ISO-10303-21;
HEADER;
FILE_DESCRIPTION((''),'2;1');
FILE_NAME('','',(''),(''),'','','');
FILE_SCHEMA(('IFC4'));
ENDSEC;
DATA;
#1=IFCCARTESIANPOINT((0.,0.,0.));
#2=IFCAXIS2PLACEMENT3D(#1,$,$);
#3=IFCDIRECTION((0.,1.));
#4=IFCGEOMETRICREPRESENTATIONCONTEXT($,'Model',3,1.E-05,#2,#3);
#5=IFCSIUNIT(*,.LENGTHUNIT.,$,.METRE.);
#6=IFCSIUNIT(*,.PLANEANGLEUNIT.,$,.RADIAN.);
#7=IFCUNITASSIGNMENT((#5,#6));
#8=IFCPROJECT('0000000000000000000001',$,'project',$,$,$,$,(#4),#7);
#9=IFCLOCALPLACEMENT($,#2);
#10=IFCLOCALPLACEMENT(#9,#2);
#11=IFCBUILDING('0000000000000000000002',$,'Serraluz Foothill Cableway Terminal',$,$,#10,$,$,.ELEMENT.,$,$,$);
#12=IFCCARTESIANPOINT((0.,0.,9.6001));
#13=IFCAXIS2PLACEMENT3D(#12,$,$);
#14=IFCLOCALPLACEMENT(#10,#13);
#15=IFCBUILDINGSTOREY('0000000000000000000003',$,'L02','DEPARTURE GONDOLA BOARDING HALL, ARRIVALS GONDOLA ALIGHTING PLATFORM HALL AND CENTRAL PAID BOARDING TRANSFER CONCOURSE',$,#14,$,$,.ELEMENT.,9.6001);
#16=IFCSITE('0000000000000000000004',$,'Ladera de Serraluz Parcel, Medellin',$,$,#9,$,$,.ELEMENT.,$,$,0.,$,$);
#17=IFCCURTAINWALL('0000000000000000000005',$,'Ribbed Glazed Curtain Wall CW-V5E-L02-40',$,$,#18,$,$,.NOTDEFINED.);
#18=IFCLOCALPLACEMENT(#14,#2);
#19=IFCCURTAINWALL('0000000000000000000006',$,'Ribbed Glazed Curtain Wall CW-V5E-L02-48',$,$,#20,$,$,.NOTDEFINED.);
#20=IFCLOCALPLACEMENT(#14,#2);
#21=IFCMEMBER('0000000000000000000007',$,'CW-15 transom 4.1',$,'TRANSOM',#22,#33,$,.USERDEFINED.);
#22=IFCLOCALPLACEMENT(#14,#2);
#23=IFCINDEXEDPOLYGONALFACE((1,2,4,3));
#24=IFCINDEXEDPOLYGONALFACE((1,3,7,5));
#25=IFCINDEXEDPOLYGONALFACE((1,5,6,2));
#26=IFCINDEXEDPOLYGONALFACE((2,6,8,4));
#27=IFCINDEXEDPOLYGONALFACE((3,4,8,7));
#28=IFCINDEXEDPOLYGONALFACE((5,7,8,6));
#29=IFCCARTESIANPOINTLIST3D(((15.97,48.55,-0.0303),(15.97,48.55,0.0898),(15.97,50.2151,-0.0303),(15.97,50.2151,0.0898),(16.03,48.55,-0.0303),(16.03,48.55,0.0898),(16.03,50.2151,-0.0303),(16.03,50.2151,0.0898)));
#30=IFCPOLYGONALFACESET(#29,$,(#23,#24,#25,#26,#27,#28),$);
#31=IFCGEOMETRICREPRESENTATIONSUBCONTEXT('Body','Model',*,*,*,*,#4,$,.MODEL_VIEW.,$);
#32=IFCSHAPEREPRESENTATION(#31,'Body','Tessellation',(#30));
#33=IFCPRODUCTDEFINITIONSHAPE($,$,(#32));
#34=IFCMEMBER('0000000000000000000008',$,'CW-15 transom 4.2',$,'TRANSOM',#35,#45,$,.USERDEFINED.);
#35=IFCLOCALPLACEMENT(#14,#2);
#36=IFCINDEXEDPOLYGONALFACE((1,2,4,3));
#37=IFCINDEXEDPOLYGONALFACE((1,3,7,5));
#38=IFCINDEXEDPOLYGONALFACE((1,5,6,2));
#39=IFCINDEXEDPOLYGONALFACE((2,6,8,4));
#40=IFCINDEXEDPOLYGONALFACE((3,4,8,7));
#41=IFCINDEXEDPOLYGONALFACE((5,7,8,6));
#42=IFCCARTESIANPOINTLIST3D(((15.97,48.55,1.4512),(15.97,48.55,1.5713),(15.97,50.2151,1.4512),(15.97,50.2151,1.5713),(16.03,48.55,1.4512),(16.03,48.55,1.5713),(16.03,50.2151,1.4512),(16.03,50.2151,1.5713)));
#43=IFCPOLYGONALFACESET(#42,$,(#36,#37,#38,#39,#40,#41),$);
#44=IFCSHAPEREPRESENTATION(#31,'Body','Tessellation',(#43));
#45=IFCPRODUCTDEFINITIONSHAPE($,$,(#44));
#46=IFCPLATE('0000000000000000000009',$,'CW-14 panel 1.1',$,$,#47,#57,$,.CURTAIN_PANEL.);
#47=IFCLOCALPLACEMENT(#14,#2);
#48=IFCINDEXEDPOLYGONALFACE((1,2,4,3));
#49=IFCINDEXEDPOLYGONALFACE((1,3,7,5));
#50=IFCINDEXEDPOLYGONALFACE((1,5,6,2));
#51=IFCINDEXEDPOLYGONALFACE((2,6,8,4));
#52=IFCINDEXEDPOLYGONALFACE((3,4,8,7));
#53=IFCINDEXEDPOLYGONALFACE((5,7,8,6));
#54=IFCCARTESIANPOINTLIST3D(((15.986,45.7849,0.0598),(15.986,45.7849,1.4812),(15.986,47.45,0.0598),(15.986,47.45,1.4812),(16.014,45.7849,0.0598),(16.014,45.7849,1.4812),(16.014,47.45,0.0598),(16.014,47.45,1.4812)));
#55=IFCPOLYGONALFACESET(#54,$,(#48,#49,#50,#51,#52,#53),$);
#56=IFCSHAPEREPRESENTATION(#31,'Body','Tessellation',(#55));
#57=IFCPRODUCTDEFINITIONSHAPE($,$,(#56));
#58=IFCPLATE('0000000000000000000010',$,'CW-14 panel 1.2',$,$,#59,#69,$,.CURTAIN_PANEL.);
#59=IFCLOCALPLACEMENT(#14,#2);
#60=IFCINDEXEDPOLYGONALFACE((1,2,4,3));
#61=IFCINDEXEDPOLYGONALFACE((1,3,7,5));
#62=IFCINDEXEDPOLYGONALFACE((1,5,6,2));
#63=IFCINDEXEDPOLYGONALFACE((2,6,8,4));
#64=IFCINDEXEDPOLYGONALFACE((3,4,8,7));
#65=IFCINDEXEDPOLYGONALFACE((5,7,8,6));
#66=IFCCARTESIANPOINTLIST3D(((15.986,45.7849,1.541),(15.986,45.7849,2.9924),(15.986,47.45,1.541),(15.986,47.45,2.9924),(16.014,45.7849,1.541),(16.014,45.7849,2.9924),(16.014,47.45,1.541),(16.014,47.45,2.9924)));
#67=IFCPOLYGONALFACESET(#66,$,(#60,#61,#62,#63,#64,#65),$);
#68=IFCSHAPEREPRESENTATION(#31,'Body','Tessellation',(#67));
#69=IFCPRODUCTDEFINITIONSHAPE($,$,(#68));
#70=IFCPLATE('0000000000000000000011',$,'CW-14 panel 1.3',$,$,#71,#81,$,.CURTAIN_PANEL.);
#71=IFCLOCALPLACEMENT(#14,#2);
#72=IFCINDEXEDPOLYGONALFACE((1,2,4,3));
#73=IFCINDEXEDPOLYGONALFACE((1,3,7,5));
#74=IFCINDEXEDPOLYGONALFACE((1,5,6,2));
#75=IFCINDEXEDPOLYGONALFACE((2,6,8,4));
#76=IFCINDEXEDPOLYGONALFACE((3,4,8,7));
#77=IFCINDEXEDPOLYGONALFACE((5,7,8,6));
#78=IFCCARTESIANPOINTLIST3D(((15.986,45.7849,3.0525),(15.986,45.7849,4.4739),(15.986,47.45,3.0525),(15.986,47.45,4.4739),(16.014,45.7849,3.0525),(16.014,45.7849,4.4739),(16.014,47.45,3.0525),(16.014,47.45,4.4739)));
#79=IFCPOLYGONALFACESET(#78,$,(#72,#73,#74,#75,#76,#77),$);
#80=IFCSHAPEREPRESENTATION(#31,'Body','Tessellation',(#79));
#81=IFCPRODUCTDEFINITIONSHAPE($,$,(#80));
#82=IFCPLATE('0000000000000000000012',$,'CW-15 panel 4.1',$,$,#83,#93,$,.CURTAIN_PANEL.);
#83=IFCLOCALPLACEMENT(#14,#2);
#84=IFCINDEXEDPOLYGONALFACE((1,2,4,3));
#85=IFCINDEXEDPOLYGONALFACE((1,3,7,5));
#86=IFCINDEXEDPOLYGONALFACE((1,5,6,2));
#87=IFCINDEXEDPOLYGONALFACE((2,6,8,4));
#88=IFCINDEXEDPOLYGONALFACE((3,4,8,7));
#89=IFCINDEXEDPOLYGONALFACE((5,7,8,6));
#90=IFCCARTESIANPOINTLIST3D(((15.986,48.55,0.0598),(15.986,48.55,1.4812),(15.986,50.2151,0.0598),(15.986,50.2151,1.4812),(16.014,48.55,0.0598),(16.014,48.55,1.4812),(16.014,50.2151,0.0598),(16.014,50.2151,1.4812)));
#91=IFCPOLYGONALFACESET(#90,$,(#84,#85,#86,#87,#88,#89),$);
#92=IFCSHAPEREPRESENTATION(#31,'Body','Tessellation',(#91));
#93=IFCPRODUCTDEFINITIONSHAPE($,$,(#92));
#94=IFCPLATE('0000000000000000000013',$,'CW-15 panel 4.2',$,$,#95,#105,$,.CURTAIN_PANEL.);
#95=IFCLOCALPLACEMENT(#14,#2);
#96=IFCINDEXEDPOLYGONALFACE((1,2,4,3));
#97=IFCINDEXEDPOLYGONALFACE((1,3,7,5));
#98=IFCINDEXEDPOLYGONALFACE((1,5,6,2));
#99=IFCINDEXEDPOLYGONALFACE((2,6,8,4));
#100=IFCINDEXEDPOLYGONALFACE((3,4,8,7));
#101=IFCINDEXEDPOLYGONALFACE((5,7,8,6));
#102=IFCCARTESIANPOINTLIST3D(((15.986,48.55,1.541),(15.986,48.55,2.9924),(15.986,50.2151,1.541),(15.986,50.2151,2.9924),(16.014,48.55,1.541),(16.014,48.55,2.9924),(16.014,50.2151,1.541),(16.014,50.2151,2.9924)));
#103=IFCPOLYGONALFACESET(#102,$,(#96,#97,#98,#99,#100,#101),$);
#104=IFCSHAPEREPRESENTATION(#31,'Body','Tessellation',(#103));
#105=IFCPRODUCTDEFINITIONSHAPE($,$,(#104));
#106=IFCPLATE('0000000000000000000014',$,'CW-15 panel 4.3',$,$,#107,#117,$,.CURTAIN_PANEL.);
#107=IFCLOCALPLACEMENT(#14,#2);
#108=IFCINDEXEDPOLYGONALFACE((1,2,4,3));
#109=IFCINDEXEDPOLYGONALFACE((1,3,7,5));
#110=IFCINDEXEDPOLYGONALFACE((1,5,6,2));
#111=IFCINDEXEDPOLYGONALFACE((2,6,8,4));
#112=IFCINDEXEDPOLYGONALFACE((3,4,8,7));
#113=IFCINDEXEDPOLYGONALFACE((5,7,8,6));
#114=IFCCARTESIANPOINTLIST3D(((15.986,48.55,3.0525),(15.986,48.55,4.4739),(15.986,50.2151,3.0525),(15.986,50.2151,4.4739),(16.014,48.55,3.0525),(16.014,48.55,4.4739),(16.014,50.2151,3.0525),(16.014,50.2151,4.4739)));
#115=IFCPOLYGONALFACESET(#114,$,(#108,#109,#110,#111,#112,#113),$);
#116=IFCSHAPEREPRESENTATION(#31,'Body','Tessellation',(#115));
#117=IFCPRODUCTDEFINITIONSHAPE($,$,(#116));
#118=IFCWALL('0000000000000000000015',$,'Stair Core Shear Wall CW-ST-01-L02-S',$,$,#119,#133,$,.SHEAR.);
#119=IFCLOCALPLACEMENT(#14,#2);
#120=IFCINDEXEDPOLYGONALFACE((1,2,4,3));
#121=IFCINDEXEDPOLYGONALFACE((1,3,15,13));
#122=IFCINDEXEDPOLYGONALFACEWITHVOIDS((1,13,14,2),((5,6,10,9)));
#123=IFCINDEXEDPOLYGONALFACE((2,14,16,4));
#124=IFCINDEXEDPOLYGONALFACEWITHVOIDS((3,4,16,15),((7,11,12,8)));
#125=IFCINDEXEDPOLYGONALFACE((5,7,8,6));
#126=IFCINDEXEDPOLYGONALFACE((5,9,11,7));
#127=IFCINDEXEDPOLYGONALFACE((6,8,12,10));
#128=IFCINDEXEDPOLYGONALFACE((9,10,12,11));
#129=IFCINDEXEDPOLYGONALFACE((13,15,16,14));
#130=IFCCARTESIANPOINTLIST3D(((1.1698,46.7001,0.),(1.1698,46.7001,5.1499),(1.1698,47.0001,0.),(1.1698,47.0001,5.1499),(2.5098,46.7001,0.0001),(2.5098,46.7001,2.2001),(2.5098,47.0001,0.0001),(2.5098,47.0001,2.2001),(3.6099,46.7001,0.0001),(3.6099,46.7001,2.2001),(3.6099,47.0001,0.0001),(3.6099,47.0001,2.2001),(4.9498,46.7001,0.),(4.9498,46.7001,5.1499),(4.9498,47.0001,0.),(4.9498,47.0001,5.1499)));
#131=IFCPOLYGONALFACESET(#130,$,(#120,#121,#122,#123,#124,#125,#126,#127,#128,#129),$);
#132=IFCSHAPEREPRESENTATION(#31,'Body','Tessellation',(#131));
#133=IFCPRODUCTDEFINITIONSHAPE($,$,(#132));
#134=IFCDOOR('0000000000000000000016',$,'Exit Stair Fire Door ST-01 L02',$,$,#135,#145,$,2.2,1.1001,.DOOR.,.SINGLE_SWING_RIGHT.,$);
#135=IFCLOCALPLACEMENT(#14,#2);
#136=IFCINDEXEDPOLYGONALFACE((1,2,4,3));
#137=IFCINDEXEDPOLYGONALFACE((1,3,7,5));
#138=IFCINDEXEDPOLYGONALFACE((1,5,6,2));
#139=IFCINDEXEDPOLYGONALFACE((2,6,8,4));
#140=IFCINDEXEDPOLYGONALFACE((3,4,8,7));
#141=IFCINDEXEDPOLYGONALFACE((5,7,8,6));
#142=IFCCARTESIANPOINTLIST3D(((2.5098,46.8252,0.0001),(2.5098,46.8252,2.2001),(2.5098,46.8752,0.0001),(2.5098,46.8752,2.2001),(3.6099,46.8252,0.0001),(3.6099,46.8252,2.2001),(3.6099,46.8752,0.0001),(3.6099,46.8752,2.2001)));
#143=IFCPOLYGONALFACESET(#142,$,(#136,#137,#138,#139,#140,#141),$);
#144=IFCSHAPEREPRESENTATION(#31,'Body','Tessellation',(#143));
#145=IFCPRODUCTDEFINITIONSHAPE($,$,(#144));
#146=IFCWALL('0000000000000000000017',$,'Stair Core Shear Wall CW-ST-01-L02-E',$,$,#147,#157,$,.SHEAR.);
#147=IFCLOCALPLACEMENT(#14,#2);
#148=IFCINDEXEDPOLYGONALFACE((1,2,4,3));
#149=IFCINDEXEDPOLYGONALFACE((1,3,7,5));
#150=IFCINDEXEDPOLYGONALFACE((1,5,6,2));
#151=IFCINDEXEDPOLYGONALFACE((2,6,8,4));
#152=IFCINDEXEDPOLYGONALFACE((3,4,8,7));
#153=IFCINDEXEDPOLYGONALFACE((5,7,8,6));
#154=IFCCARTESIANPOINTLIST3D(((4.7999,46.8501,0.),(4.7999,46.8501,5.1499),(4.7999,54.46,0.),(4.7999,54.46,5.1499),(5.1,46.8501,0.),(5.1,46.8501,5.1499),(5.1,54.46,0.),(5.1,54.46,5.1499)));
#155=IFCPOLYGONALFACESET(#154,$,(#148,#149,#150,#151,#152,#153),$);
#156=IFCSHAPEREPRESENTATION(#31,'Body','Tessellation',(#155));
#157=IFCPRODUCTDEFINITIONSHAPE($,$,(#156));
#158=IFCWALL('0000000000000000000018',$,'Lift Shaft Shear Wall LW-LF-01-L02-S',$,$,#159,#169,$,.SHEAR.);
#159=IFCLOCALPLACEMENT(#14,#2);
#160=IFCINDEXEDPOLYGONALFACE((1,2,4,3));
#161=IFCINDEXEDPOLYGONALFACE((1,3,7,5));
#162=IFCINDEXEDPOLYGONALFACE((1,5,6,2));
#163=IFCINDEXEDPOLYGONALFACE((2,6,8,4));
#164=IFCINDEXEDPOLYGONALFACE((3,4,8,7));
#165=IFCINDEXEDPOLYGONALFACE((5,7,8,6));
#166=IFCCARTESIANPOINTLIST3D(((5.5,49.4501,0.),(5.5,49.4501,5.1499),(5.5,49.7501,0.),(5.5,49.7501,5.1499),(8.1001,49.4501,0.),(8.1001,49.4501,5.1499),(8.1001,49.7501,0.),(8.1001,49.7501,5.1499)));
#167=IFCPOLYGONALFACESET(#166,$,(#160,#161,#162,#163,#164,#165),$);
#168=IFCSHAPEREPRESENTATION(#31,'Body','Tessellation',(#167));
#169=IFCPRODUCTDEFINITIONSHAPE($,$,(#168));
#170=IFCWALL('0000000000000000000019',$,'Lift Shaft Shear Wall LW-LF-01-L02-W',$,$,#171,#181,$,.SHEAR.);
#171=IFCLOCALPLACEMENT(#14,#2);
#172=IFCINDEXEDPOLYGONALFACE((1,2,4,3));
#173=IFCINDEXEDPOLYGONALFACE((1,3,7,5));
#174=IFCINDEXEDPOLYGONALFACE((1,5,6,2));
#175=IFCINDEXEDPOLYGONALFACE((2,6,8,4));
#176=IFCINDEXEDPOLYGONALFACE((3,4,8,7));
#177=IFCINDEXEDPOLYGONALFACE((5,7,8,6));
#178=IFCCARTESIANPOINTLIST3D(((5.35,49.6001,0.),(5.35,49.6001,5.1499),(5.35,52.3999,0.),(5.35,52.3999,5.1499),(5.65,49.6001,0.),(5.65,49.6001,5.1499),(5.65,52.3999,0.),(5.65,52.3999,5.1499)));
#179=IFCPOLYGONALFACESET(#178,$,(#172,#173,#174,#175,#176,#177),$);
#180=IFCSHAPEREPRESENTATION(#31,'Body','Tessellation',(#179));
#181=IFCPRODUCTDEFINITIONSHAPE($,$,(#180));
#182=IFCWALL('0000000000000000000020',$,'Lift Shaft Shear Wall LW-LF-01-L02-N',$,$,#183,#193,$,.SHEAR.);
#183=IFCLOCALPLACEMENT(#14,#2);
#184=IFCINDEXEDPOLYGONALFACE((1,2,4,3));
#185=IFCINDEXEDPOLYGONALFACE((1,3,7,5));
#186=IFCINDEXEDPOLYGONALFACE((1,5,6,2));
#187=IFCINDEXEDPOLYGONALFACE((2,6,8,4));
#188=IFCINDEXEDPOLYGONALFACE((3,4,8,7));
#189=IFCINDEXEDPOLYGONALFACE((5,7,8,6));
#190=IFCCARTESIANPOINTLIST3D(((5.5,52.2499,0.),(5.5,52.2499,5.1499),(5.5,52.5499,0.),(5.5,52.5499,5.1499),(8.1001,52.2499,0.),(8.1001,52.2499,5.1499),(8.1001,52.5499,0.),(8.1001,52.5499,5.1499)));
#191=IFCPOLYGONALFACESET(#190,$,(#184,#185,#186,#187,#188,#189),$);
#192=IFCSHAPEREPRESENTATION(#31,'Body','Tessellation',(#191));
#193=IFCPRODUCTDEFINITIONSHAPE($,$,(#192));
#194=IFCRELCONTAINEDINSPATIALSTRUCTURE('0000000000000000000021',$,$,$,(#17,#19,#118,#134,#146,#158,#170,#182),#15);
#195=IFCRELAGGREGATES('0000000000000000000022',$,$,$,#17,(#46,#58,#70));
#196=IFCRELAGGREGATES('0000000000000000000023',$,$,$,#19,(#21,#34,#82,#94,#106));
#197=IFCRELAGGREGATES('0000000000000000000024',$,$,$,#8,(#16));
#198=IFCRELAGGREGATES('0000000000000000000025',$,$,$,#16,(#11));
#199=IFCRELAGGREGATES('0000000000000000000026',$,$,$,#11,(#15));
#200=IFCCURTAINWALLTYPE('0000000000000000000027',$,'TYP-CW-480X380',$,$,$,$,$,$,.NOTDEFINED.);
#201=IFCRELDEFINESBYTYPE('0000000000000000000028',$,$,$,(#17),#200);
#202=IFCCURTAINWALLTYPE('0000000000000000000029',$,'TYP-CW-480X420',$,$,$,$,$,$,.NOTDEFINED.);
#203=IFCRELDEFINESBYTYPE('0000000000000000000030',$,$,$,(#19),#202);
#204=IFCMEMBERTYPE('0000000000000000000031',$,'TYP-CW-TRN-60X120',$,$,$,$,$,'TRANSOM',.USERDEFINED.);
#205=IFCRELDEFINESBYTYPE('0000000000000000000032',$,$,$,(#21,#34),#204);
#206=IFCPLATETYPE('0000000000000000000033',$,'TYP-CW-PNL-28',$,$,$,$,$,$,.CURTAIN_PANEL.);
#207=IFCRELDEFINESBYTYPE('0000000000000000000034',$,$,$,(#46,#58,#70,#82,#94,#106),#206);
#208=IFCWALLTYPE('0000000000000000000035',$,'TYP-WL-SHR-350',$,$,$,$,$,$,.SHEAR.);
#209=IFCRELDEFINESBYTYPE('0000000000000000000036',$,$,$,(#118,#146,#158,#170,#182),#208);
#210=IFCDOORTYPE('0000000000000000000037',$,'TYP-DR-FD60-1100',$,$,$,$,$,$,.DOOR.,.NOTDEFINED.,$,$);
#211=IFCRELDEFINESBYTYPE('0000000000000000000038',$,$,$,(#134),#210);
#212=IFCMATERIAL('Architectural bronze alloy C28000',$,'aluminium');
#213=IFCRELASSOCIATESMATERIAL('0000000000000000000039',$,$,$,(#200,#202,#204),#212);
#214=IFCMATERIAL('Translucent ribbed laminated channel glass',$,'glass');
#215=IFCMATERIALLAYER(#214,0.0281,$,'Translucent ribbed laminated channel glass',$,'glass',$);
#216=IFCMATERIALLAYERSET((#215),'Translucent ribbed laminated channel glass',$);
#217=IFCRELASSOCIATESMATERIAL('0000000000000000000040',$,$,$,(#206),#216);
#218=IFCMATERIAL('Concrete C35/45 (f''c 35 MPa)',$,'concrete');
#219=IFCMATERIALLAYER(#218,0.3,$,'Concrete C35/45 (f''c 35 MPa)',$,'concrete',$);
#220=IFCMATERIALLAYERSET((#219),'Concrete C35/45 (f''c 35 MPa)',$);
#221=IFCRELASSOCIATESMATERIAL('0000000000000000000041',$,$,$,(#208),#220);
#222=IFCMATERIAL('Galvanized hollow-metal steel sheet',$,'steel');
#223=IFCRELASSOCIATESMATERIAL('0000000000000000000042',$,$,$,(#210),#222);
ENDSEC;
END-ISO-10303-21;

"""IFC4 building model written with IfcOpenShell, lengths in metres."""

from ifc_helpers import new_model, si_unit, direction, frame, frame_2d, origin, origin_2d, place, context, subcontext, project, spatial, rectangle, extrude, material, layer, layer_set, material_profile, profile_set, type_object, element, fill, aggregate, save


model = new_model("IFC4")

# Units and contexts
model_context = context("Model", 3, precision=1e-05, world=origin(), true_north=direction((0.0, 1.0)))
body_context = subcontext(model_context, "Body", "Model", "MODEL_VIEW")
ifc_project = project(units=[si_unit("LENGTHUNIT", "METRE"), si_unit("PLANEANGLEUNIT", "RADIAN")], contexts=[model_context])

# Site, building, storey
site_placement = place(None, origin())
site = spatial("IfcSite", under=ifc_project, at=site_placement, Name="Ladera de Serraluz Parcel, Medellin", CompositionType="ELEMENT", RefElevation=0.0)
building_placement = place(site_placement, origin())
building = spatial("IfcBuilding", under=site, at=building_placement, Name="Serraluz Foothill Cableway Terminal", CompositionType="ELEMENT")
storey_placement = place(building_placement, frame((0.0, 0.0, 9.6001)))
storey = spatial("IfcBuildingStorey", under=building, at=storey_placement, Name="L02", Description="DEPARTURE GONDOLA BOARDING HALL, ARRIVALS GONDOLA ALIGHTING PLATFORM HALL AND CENTRAL PAID BOARDING TRANSFER CONCOURSE", CompositionType="ELEMENT", Elevation=9.6001)

# Shared definitions
ifc_material_1 = material(Name="Concrete C35/45 (f'c 35 MPa)", Category="concrete")

# Curtain wall
ifc_material_2 = material(Name="Architectural bronze alloy C28000", Category="aluminium")
curtain_wall_type_1 = type_object("IfcCurtainWallType", Name="TYP-CW-480X380", PredefinedType="NOTDEFINED", material=ifc_material_2)
curtain_wall_1_placement = place(storey_placement, origin())
curtain_wall_1 = element("IfcCurtainWall", 1, at=curtain_wall_1_placement, inside=storey, type_object=curtain_wall_type_1, Name="Ribbed Glazed Curtain Wall CW-V5E-L02-40", PredefinedType="NOTDEFINED")

# Curtain wall
curtain_wall_type_2 = type_object("IfcCurtainWallType", Name="TYP-CW-480X420", PredefinedType="NOTDEFINED", material=ifc_material_2)
curtain_wall_2_placement = place(storey_placement, origin())
curtain_wall_2 = element("IfcCurtainWall", 2, at=curtain_wall_2_placement, inside=storey, type_object=curtain_wall_type_2, Name="Ribbed Glazed Curtain Wall CW-V5E-L02-48", PredefinedType="NOTDEFINED")

# Members
ifc_material_profile_1 = material_profile(ifc_material_2, rectangle(XDim=0.0601, YDim=0.1201, at=origin_2d()), Name="ALU TRANSOM 60x120")
ifc_profile_set_1 = profile_set([ifc_material_profile_1], Name="Architectural bronze alloy C28000")
member_type_1 = type_object("IfcMemberType", Name="TYP-CW-TRN-60X120", ElementType="TRANSOM", PredefinedType="USERDEFINED", material=ifc_profile_set_1)
member_1_placement = place(storey_placement, frame((16.0, 50.2151, 0.0298), z_axis=(0.0, -1.0, 0.0), x_axis=(1.0, 0.0, 0.0)))
member_1 = element("IfcMember", 3, at=member_1_placement, type_object=member_type_1, Name="CW-15 transom 4.1", ObjectType="TRANSOM", PredefinedType="USERDEFINED", context=body_context, shape_type="SweptSolid", body=[
    extrude(rectangle(XDim=0.0601, YDim=0.1201, at=origin_2d()), origin(), (0.0, 0.0, 1.0), 1.665),
])
member_2_placement = place(storey_placement, frame((16.0, 50.2151, 1.5112), z_axis=(0.0, -1.0, 0.0), x_axis=(1.0, 0.0, 0.0)))
member_2 = element("IfcMember", 4, at=member_2_placement, type_object=member_type_1, Name="CW-15 transom 4.2", ObjectType="TRANSOM", PredefinedType="USERDEFINED", context=body_context, shape_type="SweptSolid", body=[
    extrude(rectangle(XDim=0.0601, YDim=0.1201, at=origin_2d()), origin(), (0.0, 0.0, 1.0), 1.665),
])

# Plates
ifc_material_3 = material(Name="Translucent ribbed laminated channel glass", Category="glass")
ifc_layer_1 = layer(ifc_material_3, 0.0281, Name="Translucent ribbed laminated channel glass", Category="glass")
ifc_layer_set_1 = layer_set([ifc_layer_1], Name="Translucent ribbed laminated channel glass")
plate_type = type_object("IfcPlateType", Name="TYP-CW-PNL-28", PredefinedType="CURTAIN_PANEL", material=ifc_layer_set_1)
plate_1_placement = place(storey_placement, frame((16.0, 46.6174, 0.0598), z_axis=(0.0, 0.0, 1.0), x_axis=(0.0, -1.0, 0.0)))
plate_1 = element("IfcPlate", 5, at=plate_1_placement, type_object=plate_type, Name="CW-14 panel 1.1", PredefinedType="CURTAIN_PANEL", context=body_context, shape_type="SweptSolid", body=[
    extrude(rectangle(XDim=1.665, YDim=0.0281, at=origin_2d()), origin(), (0.0, 0.0, 1.0), 1.4214),
])
plate_2_placement = place(storey_placement, frame((16.0, 46.6174, 1.541), z_axis=(0.0, 0.0, 1.0), x_axis=(0.0, -1.0, 0.0)))
plate_2 = element("IfcPlate", 6, at=plate_2_placement, type_object=plate_type, Name="CW-14 panel 1.2", PredefinedType="CURTAIN_PANEL", context=body_context, shape_type="SweptSolid", body=[
    extrude(rectangle(XDim=1.665, YDim=0.0281, at=origin_2d()), origin(), (0.0, 0.0, 1.0), 1.4514),
])
plate_3_placement = place(storey_placement, frame((16.0, 46.6174, 3.0525), z_axis=(0.0, 0.0, 1.0), x_axis=(0.0, -1.0, 0.0)))
plate_3 = element("IfcPlate", 7, at=plate_3_placement, type_object=plate_type, Name="CW-14 panel 1.3", PredefinedType="CURTAIN_PANEL", context=body_context, shape_type="SweptSolid", body=[
    extrude(rectangle(XDim=1.665, YDim=0.0281, at=origin_2d()), origin(), (0.0, 0.0, 1.0), 1.4214),
])
aggregate(curtain_wall_1, [plate_1, plate_2, plate_3])
plate_4_placement = place(storey_placement, frame((16.0, 49.3826, 0.0598), z_axis=(0.0, 0.0, 1.0), x_axis=(0.0, -1.0, 0.0)))
plate_4 = element("IfcPlate", 8, at=plate_4_placement, type_object=plate_type, Name="CW-15 panel 4.1", PredefinedType="CURTAIN_PANEL", context=body_context, shape_type="SweptSolid", body=[
    extrude(rectangle(XDim=1.665, YDim=0.0281, at=origin_2d()), origin(), (0.0, 0.0, 1.0), 1.4214),
])
plate_5_placement = place(storey_placement, frame((16.0, 49.3826, 1.541), z_axis=(0.0, 0.0, 1.0), x_axis=(0.0, -1.0, 0.0)))
plate_5 = element("IfcPlate", 9, at=plate_5_placement, type_object=plate_type, Name="CW-15 panel 4.2", PredefinedType="CURTAIN_PANEL", context=body_context, shape_type="SweptSolid", body=[
    extrude(rectangle(XDim=1.665, YDim=0.0281, at=origin_2d()), origin(), (0.0, 0.0, 1.0), 1.4514),
])
plate_6_placement = place(storey_placement, frame((16.0, 49.3826, 3.0525), z_axis=(0.0, 0.0, 1.0), x_axis=(0.0, -1.0, 0.0)))
plate_6 = element("IfcPlate", 10, at=plate_6_placement, type_object=plate_type, Name="CW-15 panel 4.3", PredefinedType="CURTAIN_PANEL", context=body_context, shape_type="SweptSolid", body=[
    extrude(rectangle(XDim=1.665, YDim=0.0281, at=origin_2d()), origin(), (0.0, 0.0, 1.0), 1.4214),
])
aggregate(curtain_wall_2, [member_1, member_2, plate_4, plate_5, plate_6])

# Wall, opening, door
ifc_layer_2 = layer(ifc_material_1, 0.3, Name="Concrete C35/45 (f'c 35 MPa)", Category="concrete")
ifc_layer_set_2 = layer_set([ifc_layer_2], Name="Concrete C35/45 (f'c 35 MPa)")
wall_type = type_object("IfcWallType", Name="TYP-WL-SHR-350", PredefinedType="SHEAR", material=ifc_layer_set_2)
wall_1_placement = place(storey_placement, frame((4.95, 46.8501, 0.0), z_axis=(0.0, 0.0, 1.0), x_axis=(-1.0, 0.0, 0.0)))
wall_1 = element("IfcWall", 11, at=wall_1_placement, inside=storey, type_object=wall_type, Name="Stair Core Shear Wall CW-ST-01-L02-S", PredefinedType="SHEAR", context=body_context, shape_type="SweptSolid", body=[
    extrude(rectangle(XDim=3.78, YDim=0.3, at=frame_2d((1.8901, 0.0))), origin(), (0.0, 0.0, 1.0), 5.1499),
])
opening_1_placement = place(wall_1_placement, frame((1.3401, 0.0, 0.0)))
opening_1 = element("IfcOpeningElement", 12, at=opening_1_placement, cuts=wall_1, PredefinedType="OPENING", context=body_context, shape_type="SweptSolid", body=[
    extrude(rectangle(XDim=1.1001, YDim=2.2, at=frame_2d((0.55, 1.1001))), frame((0.0, 0.1602, 0.0), z_axis=(0.0, -1.0, 0.0), x_axis=(1.0, 0.0, 0.0)), (0.0, 0.0, 1.0), 0.3201),
])
ifc_material_4 = material(Name="Galvanized hollow-metal steel sheet", Category="steel")
door_type_1 = type_object("IfcDoorType", Name="TYP-DR-FD60-1100", OperationType="NOTDEFINED", PredefinedType="DOOR", material=ifc_material_4)
door_1_placement = place(opening_1_placement, origin())
door_1 = element("IfcDoor", 13, at=door_1_placement, inside=storey, type_object=door_type_1, Name="Exit Stair Fire Door ST-01 L02", OperationType="SINGLE_SWING_RIGHT", OverallHeight=2.2, OverallWidth=1.1001, PredefinedType="DOOR", context=body_context, shape_type="SweptSolid", body=[
    extrude(rectangle(XDim=1.1001, YDim=2.2, at=frame_2d((0.55, 1.1001))), frame((0.0, 0.0249, 0.0), z_axis=(0.0, -1.0, 0.0), x_axis=(1.0, 0.0, 0.0)), (0.0, 0.0, 1.0), 0.05),
])
fill(opening_1, door_1)

# Walls
wall_2_placement = place(storey_placement, frame((4.95, 54.46, 0.0), z_axis=(0.0, 0.0, 1.0), x_axis=(0.0, -1.0, 0.0)))
element("IfcWall", 14, at=wall_2_placement, inside=storey, type_object=wall_type, Name="Stair Core Shear Wall CW-ST-01-L02-E", PredefinedType="SHEAR", context=body_context, shape_type="SweptSolid", body=[
    extrude(rectangle(XDim=7.6099, YDim=0.3, at=frame_2d((3.8049, 0.0))), origin(), (0.0, 0.0, 1.0), 5.1499),
])
wall_3_placement = place(storey_placement, frame((8.1001, 49.6001, 0.0), z_axis=(0.0, 0.0, 1.0), x_axis=(-1.0, 0.0, 0.0)))
element("IfcWall", 15, at=wall_3_placement, inside=storey, type_object=wall_type, Name="Lift Shaft Shear Wall LW-LF-01-L02-S", PredefinedType="SHEAR", context=body_context, shape_type="SweptSolid", body=[
    extrude(rectangle(XDim=2.6001, YDim=0.3, at=frame_2d((1.3, 0.0))), origin(), (0.0, 0.0, 1.0), 5.1499),
])
wall_4_placement = place(storey_placement, frame((5.5, 49.6001, 0.0), z_axis=(0.0, 0.0, 1.0), x_axis=(0.0, 1.0, 0.0)))
element("IfcWall", 16, at=wall_4_placement, inside=storey, type_object=wall_type, Name="Lift Shaft Shear Wall LW-LF-01-L02-W", PredefinedType="SHEAR", context=body_context, shape_type="SweptSolid", body=[
    extrude(rectangle(XDim=2.7998, YDim=0.3, at=frame_2d((1.3999, 0.0))), origin(), (0.0, 0.0, 1.0), 5.1499),
])
wall_5_placement = place(storey_placement, frame((5.5, 52.3999, 0.0), z_axis=(0.0, 0.0, 1.0), x_axis=(1.0, 0.0, 0.0)))
element("IfcWall", 17, at=wall_5_placement, inside=storey, type_object=wall_type, Name="Lift Shaft Shear Wall LW-LF-01-L02-N", PredefinedType="SHEAR", context=body_context, shape_type="SweptSolid", body=[
    extrude(rectangle(XDim=2.6001, YDim=0.3, at=frame_2d((1.3, 0.0))), origin(), (0.0, 0.0, 1.0), 5.1499),
])

save(model, "model.ifc")
